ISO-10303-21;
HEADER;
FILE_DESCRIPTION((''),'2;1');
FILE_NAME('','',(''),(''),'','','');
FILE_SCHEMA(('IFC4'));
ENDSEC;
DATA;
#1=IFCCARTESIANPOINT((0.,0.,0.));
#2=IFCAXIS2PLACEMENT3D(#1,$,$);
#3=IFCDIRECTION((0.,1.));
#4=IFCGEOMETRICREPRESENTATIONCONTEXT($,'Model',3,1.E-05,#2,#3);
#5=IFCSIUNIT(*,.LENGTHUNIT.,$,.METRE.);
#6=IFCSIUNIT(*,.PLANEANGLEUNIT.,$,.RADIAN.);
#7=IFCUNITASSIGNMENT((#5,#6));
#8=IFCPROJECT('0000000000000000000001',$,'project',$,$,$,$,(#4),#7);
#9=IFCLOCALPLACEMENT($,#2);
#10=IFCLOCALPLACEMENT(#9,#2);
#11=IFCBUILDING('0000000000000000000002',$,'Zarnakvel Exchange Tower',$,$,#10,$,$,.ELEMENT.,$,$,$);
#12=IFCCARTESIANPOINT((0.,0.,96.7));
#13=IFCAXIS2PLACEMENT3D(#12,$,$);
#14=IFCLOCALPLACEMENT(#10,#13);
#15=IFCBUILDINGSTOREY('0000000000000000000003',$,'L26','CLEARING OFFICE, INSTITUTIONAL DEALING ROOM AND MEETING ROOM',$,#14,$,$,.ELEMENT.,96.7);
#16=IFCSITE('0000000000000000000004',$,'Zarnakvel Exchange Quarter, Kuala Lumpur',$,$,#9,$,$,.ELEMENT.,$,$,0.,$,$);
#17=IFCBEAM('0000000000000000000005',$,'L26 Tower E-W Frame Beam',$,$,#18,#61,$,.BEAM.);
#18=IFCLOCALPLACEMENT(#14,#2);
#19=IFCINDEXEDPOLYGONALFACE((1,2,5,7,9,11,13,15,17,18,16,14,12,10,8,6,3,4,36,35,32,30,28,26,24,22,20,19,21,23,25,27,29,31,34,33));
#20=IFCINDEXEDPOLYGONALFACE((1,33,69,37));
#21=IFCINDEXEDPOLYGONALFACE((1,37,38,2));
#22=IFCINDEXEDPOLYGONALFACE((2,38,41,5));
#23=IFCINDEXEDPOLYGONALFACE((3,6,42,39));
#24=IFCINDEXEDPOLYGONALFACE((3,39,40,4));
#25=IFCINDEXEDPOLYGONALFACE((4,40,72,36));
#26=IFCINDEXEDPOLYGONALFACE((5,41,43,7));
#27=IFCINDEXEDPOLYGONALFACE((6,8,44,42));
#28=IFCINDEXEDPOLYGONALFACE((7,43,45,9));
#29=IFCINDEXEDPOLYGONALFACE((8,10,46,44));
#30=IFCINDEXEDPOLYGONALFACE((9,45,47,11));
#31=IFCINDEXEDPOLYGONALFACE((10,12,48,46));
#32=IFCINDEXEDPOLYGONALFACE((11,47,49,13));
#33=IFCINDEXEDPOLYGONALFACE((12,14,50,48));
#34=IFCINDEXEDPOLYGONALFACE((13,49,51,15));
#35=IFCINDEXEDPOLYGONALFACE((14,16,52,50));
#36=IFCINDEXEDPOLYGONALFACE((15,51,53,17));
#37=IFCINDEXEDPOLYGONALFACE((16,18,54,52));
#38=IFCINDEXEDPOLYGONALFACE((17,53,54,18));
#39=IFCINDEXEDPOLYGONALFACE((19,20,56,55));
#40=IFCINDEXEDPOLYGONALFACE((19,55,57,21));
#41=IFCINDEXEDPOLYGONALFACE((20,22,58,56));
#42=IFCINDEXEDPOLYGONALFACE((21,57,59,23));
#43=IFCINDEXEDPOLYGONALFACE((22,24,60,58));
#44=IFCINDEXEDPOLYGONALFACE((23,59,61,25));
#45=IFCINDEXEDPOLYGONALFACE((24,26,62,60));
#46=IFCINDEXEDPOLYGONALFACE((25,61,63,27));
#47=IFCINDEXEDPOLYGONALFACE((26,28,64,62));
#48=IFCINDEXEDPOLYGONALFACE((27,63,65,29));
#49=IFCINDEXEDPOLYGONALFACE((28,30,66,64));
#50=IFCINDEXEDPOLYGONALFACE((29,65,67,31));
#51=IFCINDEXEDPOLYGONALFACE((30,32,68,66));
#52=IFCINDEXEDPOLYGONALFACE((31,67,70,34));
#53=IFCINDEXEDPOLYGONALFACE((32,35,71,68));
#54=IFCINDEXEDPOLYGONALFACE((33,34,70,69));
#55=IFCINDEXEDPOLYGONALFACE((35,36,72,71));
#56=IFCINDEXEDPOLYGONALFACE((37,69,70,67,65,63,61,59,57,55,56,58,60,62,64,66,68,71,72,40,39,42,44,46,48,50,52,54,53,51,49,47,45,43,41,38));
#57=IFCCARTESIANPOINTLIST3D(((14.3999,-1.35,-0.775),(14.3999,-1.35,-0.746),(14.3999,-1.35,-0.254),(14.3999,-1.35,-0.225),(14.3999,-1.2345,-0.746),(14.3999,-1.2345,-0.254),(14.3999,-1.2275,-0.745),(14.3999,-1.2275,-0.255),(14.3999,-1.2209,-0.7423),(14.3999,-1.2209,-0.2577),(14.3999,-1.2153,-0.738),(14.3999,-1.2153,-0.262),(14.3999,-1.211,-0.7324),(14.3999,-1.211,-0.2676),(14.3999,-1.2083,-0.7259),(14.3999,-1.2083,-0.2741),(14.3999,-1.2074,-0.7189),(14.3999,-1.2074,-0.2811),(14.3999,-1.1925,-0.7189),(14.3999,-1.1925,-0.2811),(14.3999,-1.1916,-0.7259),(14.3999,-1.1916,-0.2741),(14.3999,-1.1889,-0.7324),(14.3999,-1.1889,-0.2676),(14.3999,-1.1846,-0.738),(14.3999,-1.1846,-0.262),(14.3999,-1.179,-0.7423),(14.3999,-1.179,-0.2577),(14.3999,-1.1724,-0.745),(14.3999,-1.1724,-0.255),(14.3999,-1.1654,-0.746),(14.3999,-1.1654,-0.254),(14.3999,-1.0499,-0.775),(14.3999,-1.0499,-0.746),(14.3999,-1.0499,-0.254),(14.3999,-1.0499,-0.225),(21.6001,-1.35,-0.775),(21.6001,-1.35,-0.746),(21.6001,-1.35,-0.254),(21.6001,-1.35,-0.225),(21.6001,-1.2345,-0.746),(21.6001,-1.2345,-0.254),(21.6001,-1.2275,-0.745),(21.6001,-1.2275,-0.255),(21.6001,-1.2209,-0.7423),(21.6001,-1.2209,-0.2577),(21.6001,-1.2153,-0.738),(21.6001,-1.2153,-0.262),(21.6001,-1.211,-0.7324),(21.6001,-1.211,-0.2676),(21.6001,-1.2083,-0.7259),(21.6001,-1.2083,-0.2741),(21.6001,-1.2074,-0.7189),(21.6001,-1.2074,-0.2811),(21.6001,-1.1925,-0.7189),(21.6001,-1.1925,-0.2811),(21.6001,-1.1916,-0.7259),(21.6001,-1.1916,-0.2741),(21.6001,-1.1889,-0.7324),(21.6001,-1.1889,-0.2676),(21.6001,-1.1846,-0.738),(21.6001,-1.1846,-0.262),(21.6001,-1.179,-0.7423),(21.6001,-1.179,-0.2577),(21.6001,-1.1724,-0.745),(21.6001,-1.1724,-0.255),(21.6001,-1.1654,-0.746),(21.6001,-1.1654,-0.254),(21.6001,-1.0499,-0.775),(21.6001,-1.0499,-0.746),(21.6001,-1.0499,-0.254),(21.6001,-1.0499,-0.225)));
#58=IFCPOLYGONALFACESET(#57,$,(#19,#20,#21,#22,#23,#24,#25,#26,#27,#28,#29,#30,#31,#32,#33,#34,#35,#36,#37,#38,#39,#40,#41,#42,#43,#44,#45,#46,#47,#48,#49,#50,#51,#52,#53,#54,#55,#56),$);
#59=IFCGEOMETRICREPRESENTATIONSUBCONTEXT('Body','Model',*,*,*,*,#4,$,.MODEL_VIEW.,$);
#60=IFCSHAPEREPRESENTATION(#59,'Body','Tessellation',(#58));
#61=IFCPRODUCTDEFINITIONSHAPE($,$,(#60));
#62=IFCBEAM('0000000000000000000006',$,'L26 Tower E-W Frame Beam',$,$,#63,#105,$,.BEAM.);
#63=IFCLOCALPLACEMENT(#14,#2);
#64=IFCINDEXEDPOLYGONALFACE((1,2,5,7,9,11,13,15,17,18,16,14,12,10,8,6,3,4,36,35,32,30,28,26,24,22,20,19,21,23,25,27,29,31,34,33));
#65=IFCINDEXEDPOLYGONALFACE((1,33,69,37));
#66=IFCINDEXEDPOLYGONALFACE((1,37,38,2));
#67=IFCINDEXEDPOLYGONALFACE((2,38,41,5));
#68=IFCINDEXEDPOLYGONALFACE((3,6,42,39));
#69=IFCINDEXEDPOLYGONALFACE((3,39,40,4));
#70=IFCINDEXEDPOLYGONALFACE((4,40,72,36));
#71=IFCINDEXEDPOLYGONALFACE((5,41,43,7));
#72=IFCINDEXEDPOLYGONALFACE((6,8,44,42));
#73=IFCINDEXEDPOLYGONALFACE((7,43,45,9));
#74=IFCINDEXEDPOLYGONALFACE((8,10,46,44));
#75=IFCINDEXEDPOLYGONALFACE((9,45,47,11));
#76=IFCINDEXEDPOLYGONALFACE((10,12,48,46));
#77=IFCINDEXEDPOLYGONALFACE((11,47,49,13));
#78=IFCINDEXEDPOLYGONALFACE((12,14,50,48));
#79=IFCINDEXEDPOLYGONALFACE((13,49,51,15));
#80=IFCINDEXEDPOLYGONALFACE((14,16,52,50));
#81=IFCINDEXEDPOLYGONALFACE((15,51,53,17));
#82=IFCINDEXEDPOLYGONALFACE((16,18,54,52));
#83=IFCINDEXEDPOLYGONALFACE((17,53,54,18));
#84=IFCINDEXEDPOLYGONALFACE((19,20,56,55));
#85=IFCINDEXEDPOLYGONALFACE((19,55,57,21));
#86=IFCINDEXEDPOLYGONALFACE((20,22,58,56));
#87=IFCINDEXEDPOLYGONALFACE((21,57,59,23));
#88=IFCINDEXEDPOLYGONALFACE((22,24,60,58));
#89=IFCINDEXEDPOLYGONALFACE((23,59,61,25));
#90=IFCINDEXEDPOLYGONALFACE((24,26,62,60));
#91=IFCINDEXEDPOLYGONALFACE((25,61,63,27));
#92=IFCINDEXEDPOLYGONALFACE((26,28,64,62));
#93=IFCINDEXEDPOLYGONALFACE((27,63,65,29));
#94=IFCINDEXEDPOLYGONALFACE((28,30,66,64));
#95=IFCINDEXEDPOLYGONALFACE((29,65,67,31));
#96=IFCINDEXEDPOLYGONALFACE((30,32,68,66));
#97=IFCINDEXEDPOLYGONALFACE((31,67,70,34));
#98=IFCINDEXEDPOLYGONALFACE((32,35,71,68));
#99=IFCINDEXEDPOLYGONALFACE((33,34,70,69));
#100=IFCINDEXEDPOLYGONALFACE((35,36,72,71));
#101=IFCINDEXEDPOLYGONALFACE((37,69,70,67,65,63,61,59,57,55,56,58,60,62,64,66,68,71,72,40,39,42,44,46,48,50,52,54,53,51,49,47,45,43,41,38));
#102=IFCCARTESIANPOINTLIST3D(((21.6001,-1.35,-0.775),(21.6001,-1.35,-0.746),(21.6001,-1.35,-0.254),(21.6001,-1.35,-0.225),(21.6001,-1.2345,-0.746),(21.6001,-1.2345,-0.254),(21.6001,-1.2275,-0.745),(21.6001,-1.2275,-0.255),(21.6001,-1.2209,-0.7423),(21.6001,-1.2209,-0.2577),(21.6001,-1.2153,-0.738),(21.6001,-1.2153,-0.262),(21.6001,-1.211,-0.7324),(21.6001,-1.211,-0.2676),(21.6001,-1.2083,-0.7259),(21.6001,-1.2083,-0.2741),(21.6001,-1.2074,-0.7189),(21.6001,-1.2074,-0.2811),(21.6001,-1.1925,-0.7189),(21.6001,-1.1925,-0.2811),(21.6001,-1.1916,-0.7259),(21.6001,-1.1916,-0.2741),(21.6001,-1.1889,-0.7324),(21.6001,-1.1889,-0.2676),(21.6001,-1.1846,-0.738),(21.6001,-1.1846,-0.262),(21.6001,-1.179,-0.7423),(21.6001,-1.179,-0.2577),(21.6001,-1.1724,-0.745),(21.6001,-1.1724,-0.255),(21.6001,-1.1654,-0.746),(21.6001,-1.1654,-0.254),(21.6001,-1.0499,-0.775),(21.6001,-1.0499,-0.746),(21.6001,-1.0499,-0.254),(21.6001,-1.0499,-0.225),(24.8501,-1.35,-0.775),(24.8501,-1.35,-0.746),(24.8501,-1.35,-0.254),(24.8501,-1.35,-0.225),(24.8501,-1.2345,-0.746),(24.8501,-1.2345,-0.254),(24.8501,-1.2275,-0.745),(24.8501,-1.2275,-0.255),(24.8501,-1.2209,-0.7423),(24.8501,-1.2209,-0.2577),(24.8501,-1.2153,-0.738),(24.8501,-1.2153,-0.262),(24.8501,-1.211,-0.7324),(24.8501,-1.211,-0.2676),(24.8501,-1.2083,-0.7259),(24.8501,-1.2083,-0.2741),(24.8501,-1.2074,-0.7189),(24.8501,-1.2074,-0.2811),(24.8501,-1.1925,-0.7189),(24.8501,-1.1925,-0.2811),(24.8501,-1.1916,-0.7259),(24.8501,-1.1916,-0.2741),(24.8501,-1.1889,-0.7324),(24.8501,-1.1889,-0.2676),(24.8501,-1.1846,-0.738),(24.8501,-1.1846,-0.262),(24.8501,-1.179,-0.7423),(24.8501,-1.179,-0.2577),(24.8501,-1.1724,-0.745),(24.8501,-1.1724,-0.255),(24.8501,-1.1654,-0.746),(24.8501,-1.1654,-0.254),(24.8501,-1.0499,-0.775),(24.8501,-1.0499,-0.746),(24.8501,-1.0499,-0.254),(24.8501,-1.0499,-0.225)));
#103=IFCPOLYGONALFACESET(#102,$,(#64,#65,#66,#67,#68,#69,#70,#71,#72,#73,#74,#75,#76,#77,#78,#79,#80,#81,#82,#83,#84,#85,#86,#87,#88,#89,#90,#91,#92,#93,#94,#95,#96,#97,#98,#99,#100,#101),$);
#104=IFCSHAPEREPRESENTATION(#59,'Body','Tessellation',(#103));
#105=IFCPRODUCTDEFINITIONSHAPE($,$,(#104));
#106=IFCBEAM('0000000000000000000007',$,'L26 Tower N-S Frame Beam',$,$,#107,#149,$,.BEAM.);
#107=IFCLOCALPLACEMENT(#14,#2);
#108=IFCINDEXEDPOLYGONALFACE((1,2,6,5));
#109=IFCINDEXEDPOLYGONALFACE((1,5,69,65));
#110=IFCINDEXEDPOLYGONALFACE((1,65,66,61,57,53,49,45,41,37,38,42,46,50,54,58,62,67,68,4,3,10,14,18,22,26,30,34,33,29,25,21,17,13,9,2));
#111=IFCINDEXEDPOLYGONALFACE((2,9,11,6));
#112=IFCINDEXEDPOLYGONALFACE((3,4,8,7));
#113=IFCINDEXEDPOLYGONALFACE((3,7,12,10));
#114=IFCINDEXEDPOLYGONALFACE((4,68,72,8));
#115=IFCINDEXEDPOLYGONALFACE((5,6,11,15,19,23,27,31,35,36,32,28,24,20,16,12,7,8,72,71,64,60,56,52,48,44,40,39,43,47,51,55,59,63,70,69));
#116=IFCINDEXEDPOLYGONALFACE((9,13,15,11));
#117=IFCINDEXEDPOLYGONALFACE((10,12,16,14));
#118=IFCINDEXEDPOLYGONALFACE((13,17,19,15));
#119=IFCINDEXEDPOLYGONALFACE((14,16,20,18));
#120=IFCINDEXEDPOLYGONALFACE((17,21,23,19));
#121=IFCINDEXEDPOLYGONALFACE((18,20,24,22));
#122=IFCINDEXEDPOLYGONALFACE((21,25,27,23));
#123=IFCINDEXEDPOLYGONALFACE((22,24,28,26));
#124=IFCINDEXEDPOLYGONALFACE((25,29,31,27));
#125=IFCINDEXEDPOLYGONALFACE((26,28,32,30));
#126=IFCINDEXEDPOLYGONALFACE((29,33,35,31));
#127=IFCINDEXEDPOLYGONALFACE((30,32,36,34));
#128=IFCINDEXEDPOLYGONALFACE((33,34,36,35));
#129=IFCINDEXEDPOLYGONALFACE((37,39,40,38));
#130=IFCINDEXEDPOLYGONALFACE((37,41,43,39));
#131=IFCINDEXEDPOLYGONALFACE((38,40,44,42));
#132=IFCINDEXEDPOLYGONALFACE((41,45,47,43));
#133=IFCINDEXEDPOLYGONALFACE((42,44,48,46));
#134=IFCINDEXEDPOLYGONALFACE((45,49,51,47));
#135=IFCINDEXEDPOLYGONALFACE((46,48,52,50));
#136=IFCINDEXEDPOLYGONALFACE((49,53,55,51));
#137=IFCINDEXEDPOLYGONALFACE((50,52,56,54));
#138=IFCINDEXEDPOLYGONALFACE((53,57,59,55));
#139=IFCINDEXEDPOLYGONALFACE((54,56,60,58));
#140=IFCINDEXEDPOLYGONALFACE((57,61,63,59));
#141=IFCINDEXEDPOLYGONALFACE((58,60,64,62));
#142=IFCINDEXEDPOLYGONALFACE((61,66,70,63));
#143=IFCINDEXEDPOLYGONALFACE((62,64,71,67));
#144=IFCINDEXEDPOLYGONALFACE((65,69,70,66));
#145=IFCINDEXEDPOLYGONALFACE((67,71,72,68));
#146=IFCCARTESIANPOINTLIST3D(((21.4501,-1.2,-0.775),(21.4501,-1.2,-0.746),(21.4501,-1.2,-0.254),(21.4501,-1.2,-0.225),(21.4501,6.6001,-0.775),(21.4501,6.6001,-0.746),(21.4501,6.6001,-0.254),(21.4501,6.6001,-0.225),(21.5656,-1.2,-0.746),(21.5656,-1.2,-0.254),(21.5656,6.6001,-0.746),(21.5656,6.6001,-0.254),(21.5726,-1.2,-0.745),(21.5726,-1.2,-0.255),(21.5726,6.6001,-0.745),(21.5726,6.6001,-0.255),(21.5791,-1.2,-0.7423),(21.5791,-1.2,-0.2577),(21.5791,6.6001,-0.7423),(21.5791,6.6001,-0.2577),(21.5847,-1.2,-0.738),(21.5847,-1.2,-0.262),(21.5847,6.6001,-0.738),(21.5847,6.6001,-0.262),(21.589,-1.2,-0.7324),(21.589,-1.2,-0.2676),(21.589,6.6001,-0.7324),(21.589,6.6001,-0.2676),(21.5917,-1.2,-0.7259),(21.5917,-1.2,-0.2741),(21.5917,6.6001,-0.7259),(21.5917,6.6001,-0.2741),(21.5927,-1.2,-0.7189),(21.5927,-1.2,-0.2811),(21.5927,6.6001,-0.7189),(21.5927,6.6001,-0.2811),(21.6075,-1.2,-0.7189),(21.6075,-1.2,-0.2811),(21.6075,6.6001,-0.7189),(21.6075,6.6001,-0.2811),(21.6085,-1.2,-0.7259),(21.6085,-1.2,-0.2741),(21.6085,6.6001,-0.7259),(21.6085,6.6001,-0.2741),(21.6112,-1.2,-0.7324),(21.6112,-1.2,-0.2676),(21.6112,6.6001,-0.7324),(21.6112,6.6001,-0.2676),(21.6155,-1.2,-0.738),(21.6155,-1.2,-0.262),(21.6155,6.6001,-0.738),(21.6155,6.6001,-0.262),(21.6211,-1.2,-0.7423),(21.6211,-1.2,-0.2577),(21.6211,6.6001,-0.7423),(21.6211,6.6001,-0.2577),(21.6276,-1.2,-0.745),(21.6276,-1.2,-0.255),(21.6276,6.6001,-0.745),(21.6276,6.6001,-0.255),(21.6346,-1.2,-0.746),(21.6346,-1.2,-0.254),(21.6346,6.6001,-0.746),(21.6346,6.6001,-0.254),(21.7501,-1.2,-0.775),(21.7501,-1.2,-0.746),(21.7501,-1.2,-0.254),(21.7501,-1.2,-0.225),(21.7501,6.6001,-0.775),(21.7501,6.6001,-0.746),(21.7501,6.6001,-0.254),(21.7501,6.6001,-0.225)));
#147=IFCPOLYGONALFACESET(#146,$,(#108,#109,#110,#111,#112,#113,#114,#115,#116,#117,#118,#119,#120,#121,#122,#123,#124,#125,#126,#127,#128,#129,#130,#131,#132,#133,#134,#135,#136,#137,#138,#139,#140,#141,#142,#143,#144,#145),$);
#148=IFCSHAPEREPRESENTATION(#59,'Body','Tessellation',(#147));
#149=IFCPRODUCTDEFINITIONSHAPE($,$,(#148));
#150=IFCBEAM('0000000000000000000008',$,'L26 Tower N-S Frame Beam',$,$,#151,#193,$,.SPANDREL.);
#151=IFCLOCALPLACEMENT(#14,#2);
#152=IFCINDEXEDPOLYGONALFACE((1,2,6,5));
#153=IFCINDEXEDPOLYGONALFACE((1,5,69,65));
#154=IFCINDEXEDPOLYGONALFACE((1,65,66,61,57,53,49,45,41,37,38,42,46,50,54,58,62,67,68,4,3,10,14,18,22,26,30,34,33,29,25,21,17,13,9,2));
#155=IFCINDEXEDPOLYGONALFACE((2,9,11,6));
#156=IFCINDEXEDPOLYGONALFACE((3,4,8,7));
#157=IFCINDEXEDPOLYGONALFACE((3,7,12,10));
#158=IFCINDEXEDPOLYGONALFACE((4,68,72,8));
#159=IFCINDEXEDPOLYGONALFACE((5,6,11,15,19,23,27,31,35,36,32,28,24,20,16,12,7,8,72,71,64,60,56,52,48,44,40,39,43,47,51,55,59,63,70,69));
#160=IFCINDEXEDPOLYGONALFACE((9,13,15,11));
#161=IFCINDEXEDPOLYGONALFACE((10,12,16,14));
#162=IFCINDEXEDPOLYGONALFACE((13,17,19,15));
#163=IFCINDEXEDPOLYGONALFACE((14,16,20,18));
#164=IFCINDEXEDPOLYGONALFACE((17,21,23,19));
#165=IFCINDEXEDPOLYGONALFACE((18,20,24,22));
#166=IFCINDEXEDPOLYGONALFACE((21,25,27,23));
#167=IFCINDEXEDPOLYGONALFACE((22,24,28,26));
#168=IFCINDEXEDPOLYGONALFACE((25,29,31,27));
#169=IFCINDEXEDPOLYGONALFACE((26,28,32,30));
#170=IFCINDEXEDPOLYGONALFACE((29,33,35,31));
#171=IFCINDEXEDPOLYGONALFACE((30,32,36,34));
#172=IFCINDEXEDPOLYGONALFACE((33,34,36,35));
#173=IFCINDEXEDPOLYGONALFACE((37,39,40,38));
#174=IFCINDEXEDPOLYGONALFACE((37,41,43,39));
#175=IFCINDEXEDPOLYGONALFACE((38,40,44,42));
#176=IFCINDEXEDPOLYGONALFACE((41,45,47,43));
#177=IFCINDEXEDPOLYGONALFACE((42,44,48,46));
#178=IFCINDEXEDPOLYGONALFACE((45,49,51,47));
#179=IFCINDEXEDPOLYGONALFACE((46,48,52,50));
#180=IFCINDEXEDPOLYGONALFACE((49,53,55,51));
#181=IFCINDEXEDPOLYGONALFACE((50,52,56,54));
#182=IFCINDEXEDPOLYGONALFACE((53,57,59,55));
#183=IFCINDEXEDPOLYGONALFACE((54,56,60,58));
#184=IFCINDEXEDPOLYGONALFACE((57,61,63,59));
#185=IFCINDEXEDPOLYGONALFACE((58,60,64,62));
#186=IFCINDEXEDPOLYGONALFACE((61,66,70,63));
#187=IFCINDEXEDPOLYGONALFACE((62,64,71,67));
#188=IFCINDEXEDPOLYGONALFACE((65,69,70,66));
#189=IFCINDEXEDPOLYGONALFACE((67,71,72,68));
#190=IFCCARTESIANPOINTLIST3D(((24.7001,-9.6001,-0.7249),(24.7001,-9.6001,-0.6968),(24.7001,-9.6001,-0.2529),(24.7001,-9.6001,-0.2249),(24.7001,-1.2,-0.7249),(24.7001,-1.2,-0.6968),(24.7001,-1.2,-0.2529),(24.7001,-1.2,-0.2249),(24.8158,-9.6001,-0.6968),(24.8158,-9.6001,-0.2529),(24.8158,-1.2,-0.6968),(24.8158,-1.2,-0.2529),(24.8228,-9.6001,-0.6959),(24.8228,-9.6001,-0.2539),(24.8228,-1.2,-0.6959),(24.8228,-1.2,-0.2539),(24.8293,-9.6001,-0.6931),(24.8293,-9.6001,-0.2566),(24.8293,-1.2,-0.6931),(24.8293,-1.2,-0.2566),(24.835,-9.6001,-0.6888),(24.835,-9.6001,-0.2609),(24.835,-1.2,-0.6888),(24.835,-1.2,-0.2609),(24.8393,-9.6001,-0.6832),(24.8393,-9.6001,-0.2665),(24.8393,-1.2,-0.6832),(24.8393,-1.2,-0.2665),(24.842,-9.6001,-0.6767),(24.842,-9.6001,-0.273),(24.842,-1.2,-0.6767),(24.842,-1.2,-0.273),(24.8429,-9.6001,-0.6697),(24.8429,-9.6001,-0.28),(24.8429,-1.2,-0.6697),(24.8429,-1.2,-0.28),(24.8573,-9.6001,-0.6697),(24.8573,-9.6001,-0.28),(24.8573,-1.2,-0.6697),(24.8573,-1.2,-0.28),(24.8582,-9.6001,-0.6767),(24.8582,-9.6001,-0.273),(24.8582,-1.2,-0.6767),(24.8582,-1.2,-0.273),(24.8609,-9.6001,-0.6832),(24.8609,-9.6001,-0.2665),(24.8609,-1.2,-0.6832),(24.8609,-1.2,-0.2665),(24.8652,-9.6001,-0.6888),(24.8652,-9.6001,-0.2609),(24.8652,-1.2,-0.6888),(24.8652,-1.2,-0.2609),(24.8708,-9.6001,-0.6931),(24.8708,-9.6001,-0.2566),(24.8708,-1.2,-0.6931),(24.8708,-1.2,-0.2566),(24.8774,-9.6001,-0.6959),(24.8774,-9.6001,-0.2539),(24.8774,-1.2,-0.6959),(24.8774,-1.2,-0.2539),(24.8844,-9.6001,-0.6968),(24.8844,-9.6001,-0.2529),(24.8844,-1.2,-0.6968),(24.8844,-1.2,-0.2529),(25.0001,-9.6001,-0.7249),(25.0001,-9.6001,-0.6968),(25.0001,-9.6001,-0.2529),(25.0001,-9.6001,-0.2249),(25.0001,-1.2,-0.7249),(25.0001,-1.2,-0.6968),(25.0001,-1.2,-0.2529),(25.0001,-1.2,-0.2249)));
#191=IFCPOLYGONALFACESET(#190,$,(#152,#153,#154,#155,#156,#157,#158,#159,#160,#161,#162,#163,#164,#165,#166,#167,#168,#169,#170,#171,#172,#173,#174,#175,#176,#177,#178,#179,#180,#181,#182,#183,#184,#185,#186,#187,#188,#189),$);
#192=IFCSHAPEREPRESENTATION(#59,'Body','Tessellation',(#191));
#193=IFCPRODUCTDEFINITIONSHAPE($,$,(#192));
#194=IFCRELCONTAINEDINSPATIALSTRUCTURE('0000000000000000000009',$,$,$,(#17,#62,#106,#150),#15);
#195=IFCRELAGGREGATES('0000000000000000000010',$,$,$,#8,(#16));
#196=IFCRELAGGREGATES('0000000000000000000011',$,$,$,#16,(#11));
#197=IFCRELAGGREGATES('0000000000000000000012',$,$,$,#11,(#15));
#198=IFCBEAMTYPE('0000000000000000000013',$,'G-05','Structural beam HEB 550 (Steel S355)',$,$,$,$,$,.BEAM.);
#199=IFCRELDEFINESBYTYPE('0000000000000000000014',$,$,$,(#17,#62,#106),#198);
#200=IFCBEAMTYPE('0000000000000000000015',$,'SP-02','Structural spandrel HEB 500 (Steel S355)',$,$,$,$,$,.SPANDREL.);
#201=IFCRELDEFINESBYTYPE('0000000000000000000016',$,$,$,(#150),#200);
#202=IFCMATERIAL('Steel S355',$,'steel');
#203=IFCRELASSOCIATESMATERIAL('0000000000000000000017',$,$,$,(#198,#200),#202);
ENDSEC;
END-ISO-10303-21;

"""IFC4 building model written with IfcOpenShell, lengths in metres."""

from ifc_helpers import new_model, si_unit, direction, frame, origin, origin_2d, place, context, subcontext, project, spatial, i_section, extrude, material, material_profile, profile_set, type_object, element, save


model = new_model("IFC4")

# Units and contexts
model_context = context("Model", 3, precision=1e-05, world=origin(), true_north=direction((0.0, 1.0)))
body_context = subcontext(model_context, "Body", "Model", "MODEL_VIEW")
ifc_project = project(units=[si_unit("LENGTHUNIT", "METRE"), si_unit("PLANEANGLEUNIT", "RADIAN")], contexts=[model_context])

# Site, building, storey
site_placement = place(None, origin())
site = spatial("IfcSite", under=ifc_project, at=site_placement, Name="Zarnakvel Exchange Quarter, Kuala Lumpur", CompositionType="ELEMENT", RefElevation=0.0)
building_placement = place(site_placement, origin())
building = spatial("IfcBuilding", under=site, at=building_placement, Name="Zarnakvel Exchange Tower", CompositionType="ELEMENT")
storey_placement = place(building_placement, frame((0.0, 0.0, 96.7)))
storey = spatial("IfcBuildingStorey", under=building, at=storey_placement, Name="L26", Description="CLEARING OFFICE, INSTITUTIONAL DEALING ROOM AND MEETING ROOM", CompositionType="ELEMENT", Elevation=96.7)

# Shared definitions
ifc_material_1 = material(Name="Steel S355", Category="steel")

# Beams
ifc_material_profile_1 = material_profile(ifc_material_1, i_section(OverallWidth=0.3, OverallDepth=0.55, WebThickness=0.0149, FlangeThickness=0.0291, FilletRadius=0.0271, at=origin_2d()))
ifc_profile_set_1 = profile_set([ifc_material_profile_1], Name="Steel S355")
beam_type_1 = type_object("IfcBeamType", Name="G-05", Description="Structural beam HEB 550 (Steel S355)", PredefinedType="BEAM", material=ifc_profile_set_1)
beam_1_placement = place(storey_placement, frame((14.3999, -1.2, -0.5), z_axis=(1.0, 0.0, 0.0), x_axis=(0.0, 1.0, 0.0)))
element("IfcBeam", 1, at=beam_1_placement, inside=storey, type_object=beam_type_1, Name="L26 Tower E-W Frame Beam", PredefinedType="BEAM", context=body_context, shape_type="SweptSolid", body=[
    extrude(i_section(OverallWidth=0.3, OverallDepth=0.55, WebThickness=0.0149, FlangeThickness=0.0291, FilletRadius=0.0271, at=origin_2d()), origin(), (0.0, 0.0, 1.0), 7.2002),
])
beam_2_placement = place(storey_placement, frame((21.6001, -1.2, -0.5), z_axis=(1.0, 0.0, 0.0), x_axis=(0.0, 1.0, 0.0)))
element("IfcBeam", 2, at=beam_2_placement, inside=storey, type_object=beam_type_1, Name="L26 Tower E-W Frame Beam", PredefinedType="BEAM", context=body_context, shape_type="SweptSolid", body=[
    extrude(i_section(OverallWidth=0.3, OverallDepth=0.55, WebThickness=0.0149, FlangeThickness=0.0291, FilletRadius=0.0271, at=origin_2d()), origin(), (0.0, 0.0, 1.0), 3.25),
])
beam_3_placement = place(storey_placement, frame((21.6001, -1.2, -0.5), z_axis=(0.0, 1.0, 0.0), x_axis=(-1.0, 0.0, 0.0)))
element("IfcBeam", 3, at=beam_3_placement, inside=storey, type_object=beam_type_1, Name="L26 Tower N-S Frame Beam", PredefinedType="BEAM", context=body_context, shape_type="SweptSolid", body=[
    extrude(i_section(OverallWidth=0.3, OverallDepth=0.55, WebThickness=0.0149, FlangeThickness=0.0291, FilletRadius=0.0271, at=origin_2d()), origin(), (0.0, 0.0, 1.0), 7.8),
])
ifc_material_profile_2 = material_profile(ifc_material_1, i_section(OverallWidth=0.3, OverallDepth=0.5, WebThickness=0.0144, FlangeThickness=0.0281, FilletRadius=0.0271, at=origin_2d()))
ifc_profile_set_2 = profile_set([ifc_material_profile_2], Name="Steel S355")
beam_type_2 = type_object("IfcBeamType", Name="SP-02", Description="Structural spandrel HEB 500 (Steel S355)", PredefinedType="SPANDREL", material=ifc_profile_set_2)
beam_4_placement = place(storey_placement, frame((24.8501, -9.6001, -0.4749), z_axis=(0.0, 1.0, 0.0), x_axis=(-1.0, 0.0, 0.0)))
element("IfcBeam", 4, at=beam_4_placement, inside=storey, type_object=beam_type_2, Name="L26 Tower N-S Frame Beam", PredefinedType="SPANDREL", context=body_context, shape_type="SweptSolid", body=[
    extrude(i_section(OverallWidth=0.3, OverallDepth=0.5, WebThickness=0.0144, FlangeThickness=0.0281, FilletRadius=0.0271, at=origin_2d()), origin(), (0.0, 0.0, 1.0), 8.4001),
])

save(model, "model.ifc")
